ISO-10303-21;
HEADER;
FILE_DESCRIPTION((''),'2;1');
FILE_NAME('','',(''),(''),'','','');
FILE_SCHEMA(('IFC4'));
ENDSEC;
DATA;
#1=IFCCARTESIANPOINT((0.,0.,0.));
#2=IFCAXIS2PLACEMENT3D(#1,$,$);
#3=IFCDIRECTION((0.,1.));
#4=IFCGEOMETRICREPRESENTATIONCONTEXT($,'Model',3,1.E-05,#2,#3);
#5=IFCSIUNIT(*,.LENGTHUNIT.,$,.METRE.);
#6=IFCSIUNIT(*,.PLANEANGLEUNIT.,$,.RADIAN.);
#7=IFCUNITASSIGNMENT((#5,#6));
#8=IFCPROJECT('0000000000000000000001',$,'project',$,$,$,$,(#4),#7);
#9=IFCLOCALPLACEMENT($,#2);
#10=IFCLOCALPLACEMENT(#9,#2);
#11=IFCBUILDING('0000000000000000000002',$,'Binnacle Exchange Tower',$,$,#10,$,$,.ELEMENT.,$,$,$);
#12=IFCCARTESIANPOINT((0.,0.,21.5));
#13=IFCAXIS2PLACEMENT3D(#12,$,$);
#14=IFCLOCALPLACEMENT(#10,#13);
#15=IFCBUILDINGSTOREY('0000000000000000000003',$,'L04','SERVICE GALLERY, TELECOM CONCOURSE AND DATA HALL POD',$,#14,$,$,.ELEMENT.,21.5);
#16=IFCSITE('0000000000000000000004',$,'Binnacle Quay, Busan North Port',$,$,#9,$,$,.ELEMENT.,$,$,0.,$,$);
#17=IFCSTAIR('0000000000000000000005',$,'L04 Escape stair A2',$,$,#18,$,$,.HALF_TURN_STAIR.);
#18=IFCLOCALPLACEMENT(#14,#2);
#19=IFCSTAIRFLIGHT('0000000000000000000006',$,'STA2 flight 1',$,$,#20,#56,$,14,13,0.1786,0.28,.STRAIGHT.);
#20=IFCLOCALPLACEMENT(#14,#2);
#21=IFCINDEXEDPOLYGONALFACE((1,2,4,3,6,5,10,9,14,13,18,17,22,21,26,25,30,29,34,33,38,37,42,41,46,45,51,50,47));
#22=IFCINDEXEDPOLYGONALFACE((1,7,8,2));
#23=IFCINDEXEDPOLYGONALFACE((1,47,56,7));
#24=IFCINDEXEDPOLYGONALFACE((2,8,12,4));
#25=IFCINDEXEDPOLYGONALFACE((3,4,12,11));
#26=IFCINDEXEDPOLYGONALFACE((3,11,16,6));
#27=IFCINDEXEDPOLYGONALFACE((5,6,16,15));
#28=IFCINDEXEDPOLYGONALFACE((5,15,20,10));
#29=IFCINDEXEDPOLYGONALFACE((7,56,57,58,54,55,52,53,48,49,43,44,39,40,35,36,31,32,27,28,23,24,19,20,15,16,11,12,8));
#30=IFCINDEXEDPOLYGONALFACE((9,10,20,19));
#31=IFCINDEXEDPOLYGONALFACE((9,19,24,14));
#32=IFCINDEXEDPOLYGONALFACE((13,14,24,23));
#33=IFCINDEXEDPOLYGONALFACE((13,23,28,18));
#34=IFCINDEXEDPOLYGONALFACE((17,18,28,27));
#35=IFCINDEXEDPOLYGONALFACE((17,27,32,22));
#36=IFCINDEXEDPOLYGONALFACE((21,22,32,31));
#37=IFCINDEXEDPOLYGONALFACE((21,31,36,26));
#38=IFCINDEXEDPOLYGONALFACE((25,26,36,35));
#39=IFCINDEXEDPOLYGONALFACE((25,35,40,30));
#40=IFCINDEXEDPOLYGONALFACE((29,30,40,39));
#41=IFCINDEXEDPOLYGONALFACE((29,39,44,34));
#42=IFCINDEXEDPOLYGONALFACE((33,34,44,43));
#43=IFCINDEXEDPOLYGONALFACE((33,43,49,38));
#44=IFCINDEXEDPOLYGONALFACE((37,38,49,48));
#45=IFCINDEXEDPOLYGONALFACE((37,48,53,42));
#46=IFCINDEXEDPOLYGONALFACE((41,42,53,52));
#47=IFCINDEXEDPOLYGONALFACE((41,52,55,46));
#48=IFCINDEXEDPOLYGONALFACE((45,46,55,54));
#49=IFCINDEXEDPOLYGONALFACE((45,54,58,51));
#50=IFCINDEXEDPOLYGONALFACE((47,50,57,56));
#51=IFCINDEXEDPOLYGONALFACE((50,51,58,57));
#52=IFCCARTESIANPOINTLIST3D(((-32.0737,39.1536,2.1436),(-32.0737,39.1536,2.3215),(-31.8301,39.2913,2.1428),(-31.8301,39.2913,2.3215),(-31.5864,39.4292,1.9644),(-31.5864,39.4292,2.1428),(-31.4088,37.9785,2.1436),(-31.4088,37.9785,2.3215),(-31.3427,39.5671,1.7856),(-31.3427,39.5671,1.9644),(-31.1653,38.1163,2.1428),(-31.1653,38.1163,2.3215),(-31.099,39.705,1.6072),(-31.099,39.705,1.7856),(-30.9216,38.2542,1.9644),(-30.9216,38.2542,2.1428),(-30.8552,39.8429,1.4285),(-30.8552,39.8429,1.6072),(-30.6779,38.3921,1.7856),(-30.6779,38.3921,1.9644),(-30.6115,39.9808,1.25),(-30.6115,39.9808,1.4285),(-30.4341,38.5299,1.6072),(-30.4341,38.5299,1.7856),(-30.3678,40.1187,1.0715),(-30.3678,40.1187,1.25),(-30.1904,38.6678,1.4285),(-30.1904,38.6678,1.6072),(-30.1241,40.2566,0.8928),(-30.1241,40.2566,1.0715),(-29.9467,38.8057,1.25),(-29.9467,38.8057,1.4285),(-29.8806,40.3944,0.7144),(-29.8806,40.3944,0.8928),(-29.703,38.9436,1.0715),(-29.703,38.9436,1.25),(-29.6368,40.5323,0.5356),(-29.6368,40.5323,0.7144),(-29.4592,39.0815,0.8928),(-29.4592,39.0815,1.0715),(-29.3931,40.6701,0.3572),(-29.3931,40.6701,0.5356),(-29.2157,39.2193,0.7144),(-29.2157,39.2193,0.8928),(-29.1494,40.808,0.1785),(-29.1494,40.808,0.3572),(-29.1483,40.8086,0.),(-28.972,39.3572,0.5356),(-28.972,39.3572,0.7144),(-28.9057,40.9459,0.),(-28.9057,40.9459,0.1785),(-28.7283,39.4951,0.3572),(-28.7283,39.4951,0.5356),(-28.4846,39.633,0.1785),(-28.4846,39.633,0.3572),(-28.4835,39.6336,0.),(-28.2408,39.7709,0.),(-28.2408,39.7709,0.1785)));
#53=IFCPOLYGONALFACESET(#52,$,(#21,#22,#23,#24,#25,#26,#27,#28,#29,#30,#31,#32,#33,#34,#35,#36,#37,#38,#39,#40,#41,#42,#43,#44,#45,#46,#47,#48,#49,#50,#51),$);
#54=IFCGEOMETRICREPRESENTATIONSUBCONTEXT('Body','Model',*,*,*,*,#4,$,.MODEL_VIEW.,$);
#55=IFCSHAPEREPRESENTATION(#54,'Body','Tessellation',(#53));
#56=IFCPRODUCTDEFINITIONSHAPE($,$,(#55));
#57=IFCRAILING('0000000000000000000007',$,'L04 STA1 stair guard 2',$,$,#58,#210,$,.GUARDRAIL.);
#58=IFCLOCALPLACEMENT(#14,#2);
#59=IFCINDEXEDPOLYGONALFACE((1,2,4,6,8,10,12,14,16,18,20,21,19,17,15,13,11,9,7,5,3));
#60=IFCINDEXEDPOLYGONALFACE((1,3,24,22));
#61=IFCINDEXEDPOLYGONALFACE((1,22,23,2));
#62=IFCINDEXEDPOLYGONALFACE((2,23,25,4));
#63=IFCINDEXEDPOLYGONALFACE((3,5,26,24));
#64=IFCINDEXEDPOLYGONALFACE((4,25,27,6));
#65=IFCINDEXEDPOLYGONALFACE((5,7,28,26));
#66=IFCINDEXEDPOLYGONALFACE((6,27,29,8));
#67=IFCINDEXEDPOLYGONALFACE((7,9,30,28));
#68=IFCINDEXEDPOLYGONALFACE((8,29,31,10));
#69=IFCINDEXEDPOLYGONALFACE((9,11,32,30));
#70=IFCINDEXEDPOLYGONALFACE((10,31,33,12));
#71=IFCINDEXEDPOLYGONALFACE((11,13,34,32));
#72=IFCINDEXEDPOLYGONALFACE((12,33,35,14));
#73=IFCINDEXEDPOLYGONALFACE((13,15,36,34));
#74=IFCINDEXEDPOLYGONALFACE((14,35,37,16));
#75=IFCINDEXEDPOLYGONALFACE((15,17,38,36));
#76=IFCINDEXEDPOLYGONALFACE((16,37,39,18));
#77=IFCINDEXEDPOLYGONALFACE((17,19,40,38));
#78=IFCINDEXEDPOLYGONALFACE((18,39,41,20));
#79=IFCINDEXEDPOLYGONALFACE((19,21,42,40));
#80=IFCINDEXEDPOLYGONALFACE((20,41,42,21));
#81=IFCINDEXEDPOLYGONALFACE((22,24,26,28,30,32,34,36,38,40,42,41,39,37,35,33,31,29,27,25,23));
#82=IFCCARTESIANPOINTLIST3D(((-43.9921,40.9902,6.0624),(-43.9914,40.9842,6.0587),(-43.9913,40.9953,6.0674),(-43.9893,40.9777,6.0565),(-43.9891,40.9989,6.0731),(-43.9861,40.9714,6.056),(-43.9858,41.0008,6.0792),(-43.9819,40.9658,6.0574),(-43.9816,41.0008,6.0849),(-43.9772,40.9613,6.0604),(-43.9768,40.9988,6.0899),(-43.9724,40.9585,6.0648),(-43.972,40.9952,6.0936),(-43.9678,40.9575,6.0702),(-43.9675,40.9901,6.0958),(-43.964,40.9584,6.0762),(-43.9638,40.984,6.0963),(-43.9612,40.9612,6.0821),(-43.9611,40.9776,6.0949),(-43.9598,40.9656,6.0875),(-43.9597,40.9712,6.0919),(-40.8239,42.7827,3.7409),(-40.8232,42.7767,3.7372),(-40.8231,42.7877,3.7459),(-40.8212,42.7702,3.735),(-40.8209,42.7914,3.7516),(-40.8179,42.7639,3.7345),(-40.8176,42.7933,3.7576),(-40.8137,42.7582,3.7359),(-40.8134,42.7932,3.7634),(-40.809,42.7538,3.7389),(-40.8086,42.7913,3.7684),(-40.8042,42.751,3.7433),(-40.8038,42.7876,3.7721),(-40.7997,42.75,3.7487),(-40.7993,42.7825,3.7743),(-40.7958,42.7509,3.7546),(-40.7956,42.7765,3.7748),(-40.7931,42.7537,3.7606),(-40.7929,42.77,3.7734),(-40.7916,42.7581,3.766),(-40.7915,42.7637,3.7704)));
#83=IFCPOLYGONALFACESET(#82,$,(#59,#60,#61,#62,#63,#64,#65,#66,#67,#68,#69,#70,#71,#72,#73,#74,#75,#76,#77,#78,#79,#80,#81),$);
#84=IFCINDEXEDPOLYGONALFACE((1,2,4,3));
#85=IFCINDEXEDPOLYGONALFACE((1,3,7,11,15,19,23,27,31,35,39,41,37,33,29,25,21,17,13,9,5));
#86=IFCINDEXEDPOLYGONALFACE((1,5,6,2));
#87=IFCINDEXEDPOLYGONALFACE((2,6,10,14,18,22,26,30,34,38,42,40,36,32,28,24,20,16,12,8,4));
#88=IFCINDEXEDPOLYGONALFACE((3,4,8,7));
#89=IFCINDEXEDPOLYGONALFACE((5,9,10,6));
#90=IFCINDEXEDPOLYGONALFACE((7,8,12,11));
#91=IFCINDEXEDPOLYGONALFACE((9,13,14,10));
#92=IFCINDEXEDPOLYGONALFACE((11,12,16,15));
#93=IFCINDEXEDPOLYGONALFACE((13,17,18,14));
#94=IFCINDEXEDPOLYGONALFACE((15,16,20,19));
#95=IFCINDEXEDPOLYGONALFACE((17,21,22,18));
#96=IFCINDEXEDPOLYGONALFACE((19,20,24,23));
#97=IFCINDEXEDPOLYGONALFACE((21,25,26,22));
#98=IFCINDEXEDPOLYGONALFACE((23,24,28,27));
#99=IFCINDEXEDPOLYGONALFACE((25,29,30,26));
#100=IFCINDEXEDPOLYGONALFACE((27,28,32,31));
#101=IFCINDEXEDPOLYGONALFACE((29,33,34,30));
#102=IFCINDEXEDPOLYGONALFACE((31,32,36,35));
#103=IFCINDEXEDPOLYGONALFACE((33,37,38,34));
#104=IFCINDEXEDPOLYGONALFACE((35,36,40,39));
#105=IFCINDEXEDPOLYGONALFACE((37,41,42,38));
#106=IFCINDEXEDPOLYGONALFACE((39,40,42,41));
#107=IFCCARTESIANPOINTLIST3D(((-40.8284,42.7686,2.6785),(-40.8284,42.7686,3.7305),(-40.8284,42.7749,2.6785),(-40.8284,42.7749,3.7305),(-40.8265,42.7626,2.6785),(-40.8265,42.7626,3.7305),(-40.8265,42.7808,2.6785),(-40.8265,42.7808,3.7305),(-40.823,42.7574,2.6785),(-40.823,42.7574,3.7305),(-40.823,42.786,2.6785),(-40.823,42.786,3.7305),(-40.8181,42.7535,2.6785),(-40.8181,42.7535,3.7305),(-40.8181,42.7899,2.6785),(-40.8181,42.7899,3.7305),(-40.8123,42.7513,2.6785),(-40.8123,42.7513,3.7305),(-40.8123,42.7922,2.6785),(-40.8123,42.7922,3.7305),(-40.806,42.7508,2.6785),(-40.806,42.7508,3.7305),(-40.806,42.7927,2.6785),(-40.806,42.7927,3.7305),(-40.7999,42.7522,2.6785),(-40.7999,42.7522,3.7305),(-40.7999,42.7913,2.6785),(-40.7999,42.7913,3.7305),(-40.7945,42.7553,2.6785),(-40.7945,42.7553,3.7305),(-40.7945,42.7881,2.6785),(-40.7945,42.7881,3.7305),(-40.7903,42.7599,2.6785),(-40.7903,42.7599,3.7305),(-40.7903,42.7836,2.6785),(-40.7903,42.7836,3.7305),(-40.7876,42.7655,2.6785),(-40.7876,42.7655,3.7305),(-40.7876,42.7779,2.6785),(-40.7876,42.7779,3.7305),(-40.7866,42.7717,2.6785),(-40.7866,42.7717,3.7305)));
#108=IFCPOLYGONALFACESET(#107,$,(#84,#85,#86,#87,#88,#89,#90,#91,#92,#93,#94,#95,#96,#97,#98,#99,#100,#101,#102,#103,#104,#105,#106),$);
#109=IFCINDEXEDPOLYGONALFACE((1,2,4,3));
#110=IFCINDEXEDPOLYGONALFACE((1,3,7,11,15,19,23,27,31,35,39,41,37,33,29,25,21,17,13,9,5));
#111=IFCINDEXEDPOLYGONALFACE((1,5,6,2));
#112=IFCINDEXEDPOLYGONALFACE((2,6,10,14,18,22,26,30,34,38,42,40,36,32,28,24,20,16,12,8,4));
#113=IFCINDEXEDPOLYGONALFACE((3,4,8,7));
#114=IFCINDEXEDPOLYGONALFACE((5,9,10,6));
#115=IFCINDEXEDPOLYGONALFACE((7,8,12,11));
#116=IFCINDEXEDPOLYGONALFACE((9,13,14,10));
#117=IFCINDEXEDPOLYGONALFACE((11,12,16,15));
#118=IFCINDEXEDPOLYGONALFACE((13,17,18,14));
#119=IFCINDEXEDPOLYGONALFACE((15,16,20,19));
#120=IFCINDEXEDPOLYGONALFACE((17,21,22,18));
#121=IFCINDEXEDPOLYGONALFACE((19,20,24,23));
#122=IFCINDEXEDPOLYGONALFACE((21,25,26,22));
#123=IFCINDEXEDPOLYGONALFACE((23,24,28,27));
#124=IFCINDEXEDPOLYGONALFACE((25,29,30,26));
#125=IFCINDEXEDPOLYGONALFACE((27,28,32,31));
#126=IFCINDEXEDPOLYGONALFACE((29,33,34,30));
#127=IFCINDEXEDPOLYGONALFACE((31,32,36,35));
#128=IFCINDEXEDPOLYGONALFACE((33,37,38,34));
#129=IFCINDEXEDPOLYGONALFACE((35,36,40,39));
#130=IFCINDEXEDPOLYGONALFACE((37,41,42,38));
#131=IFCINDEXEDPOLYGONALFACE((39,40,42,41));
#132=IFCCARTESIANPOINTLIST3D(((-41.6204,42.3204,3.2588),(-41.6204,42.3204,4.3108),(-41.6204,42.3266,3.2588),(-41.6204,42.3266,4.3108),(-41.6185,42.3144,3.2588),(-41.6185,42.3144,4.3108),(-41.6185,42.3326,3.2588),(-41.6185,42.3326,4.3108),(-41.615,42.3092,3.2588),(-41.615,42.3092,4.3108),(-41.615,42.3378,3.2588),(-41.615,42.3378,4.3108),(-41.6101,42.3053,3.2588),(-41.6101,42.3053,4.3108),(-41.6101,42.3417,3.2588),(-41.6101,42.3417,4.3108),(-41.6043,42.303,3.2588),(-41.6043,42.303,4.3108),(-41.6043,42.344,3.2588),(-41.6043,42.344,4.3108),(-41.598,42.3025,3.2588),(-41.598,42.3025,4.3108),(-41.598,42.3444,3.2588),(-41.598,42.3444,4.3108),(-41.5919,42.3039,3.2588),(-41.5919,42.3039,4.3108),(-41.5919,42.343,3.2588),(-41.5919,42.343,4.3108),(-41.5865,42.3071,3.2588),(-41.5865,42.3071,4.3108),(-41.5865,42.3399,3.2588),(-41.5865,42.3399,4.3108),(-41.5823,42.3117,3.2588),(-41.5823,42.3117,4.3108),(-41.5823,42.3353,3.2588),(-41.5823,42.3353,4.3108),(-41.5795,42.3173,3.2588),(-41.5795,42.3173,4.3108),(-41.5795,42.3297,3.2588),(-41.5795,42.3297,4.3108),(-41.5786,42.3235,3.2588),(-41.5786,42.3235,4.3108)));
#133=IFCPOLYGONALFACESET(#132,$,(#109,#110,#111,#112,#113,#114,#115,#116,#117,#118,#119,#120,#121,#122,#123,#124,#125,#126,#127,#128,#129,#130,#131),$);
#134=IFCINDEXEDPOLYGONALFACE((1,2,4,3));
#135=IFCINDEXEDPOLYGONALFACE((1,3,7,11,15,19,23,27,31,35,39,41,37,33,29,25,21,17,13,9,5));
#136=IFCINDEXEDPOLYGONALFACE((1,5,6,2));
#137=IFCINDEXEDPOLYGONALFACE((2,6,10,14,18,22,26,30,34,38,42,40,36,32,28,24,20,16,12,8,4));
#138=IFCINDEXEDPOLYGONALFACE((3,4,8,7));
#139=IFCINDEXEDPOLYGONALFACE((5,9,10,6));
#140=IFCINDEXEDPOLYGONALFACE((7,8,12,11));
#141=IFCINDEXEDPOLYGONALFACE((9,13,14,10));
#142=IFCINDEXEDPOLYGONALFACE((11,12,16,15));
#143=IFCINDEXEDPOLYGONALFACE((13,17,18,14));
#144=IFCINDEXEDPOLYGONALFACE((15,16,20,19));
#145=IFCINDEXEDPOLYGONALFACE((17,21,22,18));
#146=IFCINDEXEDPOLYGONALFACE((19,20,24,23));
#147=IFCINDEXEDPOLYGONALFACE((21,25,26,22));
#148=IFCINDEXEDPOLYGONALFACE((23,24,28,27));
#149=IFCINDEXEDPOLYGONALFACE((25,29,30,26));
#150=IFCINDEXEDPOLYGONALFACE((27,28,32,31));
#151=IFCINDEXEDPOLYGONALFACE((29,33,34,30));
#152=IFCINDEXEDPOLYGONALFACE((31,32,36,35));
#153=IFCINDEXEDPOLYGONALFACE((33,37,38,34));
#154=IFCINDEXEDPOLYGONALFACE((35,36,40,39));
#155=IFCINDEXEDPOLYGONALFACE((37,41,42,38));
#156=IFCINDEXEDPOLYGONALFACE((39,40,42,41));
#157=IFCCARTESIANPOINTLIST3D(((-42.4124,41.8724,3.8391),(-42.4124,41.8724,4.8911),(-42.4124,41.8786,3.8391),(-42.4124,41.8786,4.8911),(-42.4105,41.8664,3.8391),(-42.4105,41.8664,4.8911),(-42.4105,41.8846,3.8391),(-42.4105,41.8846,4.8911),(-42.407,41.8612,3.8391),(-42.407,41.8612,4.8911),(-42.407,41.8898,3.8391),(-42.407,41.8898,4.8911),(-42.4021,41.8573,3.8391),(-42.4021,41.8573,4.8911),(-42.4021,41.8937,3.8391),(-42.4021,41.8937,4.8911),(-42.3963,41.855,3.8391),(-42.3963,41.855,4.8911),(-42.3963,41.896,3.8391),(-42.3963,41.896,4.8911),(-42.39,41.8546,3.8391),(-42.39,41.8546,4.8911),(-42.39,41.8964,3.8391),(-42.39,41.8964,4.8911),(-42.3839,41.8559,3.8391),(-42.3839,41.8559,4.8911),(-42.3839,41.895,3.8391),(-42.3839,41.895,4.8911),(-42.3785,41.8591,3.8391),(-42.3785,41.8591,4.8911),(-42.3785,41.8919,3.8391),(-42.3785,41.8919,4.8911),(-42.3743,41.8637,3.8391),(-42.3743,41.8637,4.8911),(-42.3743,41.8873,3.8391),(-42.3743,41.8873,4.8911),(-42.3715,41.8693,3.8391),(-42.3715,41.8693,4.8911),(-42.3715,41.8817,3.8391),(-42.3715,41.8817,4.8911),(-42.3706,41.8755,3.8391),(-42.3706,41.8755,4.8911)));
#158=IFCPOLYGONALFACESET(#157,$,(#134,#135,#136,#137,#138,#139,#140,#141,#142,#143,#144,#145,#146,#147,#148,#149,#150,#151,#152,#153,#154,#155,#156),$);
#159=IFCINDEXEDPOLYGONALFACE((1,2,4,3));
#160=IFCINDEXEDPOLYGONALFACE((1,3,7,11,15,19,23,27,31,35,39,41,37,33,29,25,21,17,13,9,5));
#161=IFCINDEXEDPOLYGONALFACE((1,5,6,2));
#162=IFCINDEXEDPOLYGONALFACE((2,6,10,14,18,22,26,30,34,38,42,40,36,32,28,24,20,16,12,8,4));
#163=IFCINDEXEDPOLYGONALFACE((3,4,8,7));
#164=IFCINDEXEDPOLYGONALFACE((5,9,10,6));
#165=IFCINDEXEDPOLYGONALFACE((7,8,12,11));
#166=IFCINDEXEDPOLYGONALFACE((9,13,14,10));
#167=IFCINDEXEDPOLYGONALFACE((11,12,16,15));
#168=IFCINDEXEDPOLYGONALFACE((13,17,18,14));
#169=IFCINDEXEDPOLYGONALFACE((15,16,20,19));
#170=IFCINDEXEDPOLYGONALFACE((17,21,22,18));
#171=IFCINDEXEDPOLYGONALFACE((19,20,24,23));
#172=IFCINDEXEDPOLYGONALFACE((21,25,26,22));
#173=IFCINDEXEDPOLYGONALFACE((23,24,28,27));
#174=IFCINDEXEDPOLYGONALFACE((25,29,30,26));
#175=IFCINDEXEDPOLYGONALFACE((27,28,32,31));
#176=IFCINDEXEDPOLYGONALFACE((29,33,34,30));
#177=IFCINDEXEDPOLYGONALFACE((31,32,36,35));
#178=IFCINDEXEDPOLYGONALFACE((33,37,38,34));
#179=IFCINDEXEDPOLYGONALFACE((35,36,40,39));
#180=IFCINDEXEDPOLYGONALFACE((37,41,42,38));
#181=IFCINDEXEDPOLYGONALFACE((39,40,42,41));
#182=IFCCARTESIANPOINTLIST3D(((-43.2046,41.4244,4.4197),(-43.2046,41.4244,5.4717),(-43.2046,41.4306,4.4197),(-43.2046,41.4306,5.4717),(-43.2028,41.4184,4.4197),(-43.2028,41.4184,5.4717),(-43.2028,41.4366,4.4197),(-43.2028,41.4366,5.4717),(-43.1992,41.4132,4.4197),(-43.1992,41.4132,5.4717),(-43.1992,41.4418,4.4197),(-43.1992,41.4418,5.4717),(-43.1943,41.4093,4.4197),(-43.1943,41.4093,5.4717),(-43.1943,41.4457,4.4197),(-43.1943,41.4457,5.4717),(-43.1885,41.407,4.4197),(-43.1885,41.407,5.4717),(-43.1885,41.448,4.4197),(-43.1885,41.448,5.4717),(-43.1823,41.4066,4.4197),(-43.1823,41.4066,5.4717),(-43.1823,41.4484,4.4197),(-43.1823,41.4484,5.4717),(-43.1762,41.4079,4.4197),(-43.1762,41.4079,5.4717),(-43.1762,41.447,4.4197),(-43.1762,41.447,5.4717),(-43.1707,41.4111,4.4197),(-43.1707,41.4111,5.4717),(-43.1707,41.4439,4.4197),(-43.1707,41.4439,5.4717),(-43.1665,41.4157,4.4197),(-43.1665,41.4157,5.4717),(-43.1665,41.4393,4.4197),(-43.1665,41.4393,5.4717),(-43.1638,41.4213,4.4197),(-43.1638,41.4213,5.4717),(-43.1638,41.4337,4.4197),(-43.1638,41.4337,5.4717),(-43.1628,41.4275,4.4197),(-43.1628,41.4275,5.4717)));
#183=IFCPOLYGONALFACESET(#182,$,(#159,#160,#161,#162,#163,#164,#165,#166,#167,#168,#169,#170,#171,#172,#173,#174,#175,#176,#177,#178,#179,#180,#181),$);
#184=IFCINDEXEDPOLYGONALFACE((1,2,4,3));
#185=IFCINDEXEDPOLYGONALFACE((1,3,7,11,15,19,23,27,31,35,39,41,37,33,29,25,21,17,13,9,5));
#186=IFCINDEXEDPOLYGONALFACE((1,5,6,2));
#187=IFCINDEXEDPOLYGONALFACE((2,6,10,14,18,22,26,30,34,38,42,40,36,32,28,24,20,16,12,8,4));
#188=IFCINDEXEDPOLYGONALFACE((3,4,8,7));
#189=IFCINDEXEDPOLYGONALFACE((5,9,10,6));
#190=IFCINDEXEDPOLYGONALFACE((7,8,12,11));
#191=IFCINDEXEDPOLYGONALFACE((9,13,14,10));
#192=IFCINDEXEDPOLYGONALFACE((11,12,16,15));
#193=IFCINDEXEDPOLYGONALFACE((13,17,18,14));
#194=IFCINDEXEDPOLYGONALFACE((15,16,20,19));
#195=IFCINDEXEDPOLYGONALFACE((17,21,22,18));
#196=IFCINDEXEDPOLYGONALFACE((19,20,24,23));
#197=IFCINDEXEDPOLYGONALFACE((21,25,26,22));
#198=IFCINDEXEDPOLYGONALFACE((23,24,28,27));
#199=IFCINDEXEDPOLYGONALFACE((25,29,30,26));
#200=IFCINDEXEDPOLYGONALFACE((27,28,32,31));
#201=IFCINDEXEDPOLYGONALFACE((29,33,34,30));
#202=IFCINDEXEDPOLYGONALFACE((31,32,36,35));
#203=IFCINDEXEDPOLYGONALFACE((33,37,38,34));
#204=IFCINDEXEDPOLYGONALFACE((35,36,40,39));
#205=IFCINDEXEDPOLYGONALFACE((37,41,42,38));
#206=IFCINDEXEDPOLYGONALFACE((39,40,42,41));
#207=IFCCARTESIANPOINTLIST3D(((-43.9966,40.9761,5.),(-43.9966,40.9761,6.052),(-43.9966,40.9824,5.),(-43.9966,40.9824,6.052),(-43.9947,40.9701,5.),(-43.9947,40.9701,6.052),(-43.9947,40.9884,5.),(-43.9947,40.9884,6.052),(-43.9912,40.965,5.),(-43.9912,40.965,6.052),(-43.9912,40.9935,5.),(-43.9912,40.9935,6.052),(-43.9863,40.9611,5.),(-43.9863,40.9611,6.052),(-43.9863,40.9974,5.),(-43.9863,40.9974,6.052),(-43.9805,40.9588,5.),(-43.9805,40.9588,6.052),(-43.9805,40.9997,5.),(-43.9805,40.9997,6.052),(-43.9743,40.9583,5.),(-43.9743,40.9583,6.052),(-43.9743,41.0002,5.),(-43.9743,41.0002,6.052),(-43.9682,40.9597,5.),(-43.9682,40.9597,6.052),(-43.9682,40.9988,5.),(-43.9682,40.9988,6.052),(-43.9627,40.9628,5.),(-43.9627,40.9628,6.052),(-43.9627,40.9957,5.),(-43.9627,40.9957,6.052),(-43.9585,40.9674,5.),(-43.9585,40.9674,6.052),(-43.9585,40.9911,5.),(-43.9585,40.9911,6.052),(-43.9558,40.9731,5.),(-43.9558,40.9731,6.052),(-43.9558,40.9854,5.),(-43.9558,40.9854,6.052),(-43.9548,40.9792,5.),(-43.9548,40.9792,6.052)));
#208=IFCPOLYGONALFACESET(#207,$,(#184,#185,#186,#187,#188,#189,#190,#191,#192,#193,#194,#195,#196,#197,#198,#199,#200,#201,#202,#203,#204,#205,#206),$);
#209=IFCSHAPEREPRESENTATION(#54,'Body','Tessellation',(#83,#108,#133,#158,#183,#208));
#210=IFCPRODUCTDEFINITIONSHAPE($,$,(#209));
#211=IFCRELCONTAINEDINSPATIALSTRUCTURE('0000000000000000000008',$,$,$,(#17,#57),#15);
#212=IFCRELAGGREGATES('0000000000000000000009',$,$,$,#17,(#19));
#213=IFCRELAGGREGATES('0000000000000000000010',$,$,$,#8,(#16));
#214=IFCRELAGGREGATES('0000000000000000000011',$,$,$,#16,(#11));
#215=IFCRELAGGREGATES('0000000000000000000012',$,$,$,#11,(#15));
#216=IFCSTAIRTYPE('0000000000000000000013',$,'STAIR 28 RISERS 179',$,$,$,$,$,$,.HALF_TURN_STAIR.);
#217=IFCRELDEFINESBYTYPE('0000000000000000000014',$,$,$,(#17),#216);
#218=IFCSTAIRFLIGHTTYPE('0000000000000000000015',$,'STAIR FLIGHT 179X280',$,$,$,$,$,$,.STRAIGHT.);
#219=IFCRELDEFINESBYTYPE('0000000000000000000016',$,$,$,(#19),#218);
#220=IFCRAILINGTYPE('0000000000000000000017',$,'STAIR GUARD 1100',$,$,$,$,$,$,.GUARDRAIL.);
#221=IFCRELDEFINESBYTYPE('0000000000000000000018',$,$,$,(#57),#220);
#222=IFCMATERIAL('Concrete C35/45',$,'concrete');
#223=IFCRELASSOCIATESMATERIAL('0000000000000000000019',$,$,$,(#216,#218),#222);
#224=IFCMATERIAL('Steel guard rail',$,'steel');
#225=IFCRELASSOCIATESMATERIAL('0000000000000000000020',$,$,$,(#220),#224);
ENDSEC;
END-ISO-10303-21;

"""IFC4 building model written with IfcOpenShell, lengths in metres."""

from ifc_helpers import new_model, si_unit, direction, frame, origin, origin_2d, place, context, subcontext, project, spatial, polyline, circle, outline, extrude, material, type_object, element, aggregate, save


model = new_model("IFC4")

# Units and contexts
model_context = context("Model", 3, precision=1e-05, world=origin(), true_north=direction((0.0, 1.0)))
body_context = subcontext(model_context, "Body", "Model", "MODEL_VIEW")
ifc_project = project(units=[si_unit("LENGTHUNIT", "METRE"), si_unit("PLANEANGLEUNIT", "RADIAN")], contexts=[model_context])

# Site, building, storey
site_placement = place(None, origin())
site = spatial("IfcSite", under=ifc_project, at=site_placement, Name="Binnacle Quay, Busan North Port", CompositionType="ELEMENT", RefElevation=0.0)
building_placement = place(site_placement, origin())
building = spatial("IfcBuilding", under=site, at=building_placement, Name="Binnacle Exchange Tower", CompositionType="ELEMENT")
storey_placement = place(building_placement, frame((0.0, 0.0, 21.5)))
storey = spatial("IfcBuildingStorey", under=building, at=storey_placement, Name="L04", Description="SERVICE GALLERY, TELECOM CONCOURSE AND DATA HALL POD", CompositionType="ELEMENT", Elevation=21.5)

# Stair, stair flight
ifc_material_1 = material(Name="Concrete C35/45", Category="concrete")
stair_type = type_object("IfcStairType", Name="STAIR 28 RISERS 179", PredefinedType="HALF_TURN_STAIR", material=ifc_material_1)
stair_flight_type = type_object("IfcStairFlightType", Name="STAIR FLIGHT 179X280", PredefinedType="STRAIGHT", material=ifc_material_1)
stair_1_placement = place(storey_placement, origin())
stair_1 = element("IfcStair", 1, at=stair_1_placement, inside=storey, type_object=stair_type, Name="L04 Escape stair A2", PredefinedType="HALF_TURN_STAIR")
stair_flight_1_placement = place(storey_placement, frame((-28.5732, 40.3584, 0.0), z_axis=(0.0, 0.0, 1.0), x_axis=(-0.870356, -0.492424, 0.0)))
stair_flight_1 = element("IfcStairFlight", 2, at=stair_flight_1_placement, type_object=stair_flight_type, Name="STA2 flight 1", NumberOfRisers=14, NumberOfTreads=13, PredefinedType="STRAIGHT", RiserHeight=0.1786, TreadLength=0.28, context=body_context, shape_type="SweptSolid", body=[
    extrude(outline(polyline([(0.0, 0.0), (0.0, 0.1785), (0.28, 0.1785), (0.28, 0.3572), (0.5601, 0.3572), (0.5601, 0.5356), (0.8401, 0.5356), (0.8401, 0.7144), (1.1201, 0.7144), (1.1201, 0.8928), (1.3999, 0.8928), (1.3999, 1.0715), (1.6799, 1.0715), (1.6799, 1.25), (1.96, 1.25), (1.96, 1.4285), (2.24, 1.4285), (2.24, 1.6072), (2.52, 1.6072), (2.52, 1.7856), (2.8, 1.7856), (2.8, 1.9644), (3.0801, 1.9644), (3.0801, 2.1428), (3.3601, 2.1428), (3.3601, 2.3215), (3.6399, 2.3215), (3.6399, 2.5), (3.6399, 2.1436), (0.2788, 0.0), (0.0, 0.0)])), frame((0.0, 0.675, 0.0), z_axis=(0.0, -1.0, 0.0), x_axis=(1.0, 0.0, 0.0)), (0.0, 0.0, 1.0), 1.3501),
])
aggregate(stair_1, [stair_flight_1])

# Railing
ifc_material_2 = material(Name="Steel guard rail", Category="steel")
railing_type_1 = type_object("IfcRailingType", Name="STAIR GUARD 1100", PredefinedType="GUARDRAIL", material=ifc_material_2)
railing_1_placement = place(storey_placement, frame((-40.8076, 42.7717, 2.6785)))
element("IfcRailing", 3, at=railing_1_placement, inside=storey, type_object=railing_type_1, Name="L04 STA1 stair guard 2", PredefinedType="GUARDRAIL", context=body_context, shape_type="SweptSolid", body=[
    extrude(circle(Radius=0.0239, at=origin_2d()), frame((0.0, 0.0, 1.0762), z_axis=(-0.733822, -0.415174, 0.537714), x_axis=(0.492422, -0.870357, 0.0)), (0.0, 0.0, 1.0), 4.3174),
    extrude(circle(Radius=0.021, at=origin_2d()), origin(), (0.0, 0.0, 1.0), 1.052),
    extrude(circle(Radius=0.021, at=origin_2d()), frame((-0.792, -0.4482, 0.5803)), (0.0, 0.0, 1.0), 1.052),
    extrude(circle(Radius=0.021, at=origin_2d()), frame((-1.584, -0.8962, 1.1606)), (0.0, 0.0, 1.0), 1.052),
    extrude(circle(Radius=0.021, at=origin_2d()), frame((-2.3762, -1.3442, 1.7412)), (0.0, 0.0, 1.0), 1.052),
    extrude(circle(Radius=0.021, at=origin_2d()), frame((-3.1682, -1.7925, 2.3215)), (0.0, 0.0, 1.0), 1.052),
])

save(model, "model.ifc")
